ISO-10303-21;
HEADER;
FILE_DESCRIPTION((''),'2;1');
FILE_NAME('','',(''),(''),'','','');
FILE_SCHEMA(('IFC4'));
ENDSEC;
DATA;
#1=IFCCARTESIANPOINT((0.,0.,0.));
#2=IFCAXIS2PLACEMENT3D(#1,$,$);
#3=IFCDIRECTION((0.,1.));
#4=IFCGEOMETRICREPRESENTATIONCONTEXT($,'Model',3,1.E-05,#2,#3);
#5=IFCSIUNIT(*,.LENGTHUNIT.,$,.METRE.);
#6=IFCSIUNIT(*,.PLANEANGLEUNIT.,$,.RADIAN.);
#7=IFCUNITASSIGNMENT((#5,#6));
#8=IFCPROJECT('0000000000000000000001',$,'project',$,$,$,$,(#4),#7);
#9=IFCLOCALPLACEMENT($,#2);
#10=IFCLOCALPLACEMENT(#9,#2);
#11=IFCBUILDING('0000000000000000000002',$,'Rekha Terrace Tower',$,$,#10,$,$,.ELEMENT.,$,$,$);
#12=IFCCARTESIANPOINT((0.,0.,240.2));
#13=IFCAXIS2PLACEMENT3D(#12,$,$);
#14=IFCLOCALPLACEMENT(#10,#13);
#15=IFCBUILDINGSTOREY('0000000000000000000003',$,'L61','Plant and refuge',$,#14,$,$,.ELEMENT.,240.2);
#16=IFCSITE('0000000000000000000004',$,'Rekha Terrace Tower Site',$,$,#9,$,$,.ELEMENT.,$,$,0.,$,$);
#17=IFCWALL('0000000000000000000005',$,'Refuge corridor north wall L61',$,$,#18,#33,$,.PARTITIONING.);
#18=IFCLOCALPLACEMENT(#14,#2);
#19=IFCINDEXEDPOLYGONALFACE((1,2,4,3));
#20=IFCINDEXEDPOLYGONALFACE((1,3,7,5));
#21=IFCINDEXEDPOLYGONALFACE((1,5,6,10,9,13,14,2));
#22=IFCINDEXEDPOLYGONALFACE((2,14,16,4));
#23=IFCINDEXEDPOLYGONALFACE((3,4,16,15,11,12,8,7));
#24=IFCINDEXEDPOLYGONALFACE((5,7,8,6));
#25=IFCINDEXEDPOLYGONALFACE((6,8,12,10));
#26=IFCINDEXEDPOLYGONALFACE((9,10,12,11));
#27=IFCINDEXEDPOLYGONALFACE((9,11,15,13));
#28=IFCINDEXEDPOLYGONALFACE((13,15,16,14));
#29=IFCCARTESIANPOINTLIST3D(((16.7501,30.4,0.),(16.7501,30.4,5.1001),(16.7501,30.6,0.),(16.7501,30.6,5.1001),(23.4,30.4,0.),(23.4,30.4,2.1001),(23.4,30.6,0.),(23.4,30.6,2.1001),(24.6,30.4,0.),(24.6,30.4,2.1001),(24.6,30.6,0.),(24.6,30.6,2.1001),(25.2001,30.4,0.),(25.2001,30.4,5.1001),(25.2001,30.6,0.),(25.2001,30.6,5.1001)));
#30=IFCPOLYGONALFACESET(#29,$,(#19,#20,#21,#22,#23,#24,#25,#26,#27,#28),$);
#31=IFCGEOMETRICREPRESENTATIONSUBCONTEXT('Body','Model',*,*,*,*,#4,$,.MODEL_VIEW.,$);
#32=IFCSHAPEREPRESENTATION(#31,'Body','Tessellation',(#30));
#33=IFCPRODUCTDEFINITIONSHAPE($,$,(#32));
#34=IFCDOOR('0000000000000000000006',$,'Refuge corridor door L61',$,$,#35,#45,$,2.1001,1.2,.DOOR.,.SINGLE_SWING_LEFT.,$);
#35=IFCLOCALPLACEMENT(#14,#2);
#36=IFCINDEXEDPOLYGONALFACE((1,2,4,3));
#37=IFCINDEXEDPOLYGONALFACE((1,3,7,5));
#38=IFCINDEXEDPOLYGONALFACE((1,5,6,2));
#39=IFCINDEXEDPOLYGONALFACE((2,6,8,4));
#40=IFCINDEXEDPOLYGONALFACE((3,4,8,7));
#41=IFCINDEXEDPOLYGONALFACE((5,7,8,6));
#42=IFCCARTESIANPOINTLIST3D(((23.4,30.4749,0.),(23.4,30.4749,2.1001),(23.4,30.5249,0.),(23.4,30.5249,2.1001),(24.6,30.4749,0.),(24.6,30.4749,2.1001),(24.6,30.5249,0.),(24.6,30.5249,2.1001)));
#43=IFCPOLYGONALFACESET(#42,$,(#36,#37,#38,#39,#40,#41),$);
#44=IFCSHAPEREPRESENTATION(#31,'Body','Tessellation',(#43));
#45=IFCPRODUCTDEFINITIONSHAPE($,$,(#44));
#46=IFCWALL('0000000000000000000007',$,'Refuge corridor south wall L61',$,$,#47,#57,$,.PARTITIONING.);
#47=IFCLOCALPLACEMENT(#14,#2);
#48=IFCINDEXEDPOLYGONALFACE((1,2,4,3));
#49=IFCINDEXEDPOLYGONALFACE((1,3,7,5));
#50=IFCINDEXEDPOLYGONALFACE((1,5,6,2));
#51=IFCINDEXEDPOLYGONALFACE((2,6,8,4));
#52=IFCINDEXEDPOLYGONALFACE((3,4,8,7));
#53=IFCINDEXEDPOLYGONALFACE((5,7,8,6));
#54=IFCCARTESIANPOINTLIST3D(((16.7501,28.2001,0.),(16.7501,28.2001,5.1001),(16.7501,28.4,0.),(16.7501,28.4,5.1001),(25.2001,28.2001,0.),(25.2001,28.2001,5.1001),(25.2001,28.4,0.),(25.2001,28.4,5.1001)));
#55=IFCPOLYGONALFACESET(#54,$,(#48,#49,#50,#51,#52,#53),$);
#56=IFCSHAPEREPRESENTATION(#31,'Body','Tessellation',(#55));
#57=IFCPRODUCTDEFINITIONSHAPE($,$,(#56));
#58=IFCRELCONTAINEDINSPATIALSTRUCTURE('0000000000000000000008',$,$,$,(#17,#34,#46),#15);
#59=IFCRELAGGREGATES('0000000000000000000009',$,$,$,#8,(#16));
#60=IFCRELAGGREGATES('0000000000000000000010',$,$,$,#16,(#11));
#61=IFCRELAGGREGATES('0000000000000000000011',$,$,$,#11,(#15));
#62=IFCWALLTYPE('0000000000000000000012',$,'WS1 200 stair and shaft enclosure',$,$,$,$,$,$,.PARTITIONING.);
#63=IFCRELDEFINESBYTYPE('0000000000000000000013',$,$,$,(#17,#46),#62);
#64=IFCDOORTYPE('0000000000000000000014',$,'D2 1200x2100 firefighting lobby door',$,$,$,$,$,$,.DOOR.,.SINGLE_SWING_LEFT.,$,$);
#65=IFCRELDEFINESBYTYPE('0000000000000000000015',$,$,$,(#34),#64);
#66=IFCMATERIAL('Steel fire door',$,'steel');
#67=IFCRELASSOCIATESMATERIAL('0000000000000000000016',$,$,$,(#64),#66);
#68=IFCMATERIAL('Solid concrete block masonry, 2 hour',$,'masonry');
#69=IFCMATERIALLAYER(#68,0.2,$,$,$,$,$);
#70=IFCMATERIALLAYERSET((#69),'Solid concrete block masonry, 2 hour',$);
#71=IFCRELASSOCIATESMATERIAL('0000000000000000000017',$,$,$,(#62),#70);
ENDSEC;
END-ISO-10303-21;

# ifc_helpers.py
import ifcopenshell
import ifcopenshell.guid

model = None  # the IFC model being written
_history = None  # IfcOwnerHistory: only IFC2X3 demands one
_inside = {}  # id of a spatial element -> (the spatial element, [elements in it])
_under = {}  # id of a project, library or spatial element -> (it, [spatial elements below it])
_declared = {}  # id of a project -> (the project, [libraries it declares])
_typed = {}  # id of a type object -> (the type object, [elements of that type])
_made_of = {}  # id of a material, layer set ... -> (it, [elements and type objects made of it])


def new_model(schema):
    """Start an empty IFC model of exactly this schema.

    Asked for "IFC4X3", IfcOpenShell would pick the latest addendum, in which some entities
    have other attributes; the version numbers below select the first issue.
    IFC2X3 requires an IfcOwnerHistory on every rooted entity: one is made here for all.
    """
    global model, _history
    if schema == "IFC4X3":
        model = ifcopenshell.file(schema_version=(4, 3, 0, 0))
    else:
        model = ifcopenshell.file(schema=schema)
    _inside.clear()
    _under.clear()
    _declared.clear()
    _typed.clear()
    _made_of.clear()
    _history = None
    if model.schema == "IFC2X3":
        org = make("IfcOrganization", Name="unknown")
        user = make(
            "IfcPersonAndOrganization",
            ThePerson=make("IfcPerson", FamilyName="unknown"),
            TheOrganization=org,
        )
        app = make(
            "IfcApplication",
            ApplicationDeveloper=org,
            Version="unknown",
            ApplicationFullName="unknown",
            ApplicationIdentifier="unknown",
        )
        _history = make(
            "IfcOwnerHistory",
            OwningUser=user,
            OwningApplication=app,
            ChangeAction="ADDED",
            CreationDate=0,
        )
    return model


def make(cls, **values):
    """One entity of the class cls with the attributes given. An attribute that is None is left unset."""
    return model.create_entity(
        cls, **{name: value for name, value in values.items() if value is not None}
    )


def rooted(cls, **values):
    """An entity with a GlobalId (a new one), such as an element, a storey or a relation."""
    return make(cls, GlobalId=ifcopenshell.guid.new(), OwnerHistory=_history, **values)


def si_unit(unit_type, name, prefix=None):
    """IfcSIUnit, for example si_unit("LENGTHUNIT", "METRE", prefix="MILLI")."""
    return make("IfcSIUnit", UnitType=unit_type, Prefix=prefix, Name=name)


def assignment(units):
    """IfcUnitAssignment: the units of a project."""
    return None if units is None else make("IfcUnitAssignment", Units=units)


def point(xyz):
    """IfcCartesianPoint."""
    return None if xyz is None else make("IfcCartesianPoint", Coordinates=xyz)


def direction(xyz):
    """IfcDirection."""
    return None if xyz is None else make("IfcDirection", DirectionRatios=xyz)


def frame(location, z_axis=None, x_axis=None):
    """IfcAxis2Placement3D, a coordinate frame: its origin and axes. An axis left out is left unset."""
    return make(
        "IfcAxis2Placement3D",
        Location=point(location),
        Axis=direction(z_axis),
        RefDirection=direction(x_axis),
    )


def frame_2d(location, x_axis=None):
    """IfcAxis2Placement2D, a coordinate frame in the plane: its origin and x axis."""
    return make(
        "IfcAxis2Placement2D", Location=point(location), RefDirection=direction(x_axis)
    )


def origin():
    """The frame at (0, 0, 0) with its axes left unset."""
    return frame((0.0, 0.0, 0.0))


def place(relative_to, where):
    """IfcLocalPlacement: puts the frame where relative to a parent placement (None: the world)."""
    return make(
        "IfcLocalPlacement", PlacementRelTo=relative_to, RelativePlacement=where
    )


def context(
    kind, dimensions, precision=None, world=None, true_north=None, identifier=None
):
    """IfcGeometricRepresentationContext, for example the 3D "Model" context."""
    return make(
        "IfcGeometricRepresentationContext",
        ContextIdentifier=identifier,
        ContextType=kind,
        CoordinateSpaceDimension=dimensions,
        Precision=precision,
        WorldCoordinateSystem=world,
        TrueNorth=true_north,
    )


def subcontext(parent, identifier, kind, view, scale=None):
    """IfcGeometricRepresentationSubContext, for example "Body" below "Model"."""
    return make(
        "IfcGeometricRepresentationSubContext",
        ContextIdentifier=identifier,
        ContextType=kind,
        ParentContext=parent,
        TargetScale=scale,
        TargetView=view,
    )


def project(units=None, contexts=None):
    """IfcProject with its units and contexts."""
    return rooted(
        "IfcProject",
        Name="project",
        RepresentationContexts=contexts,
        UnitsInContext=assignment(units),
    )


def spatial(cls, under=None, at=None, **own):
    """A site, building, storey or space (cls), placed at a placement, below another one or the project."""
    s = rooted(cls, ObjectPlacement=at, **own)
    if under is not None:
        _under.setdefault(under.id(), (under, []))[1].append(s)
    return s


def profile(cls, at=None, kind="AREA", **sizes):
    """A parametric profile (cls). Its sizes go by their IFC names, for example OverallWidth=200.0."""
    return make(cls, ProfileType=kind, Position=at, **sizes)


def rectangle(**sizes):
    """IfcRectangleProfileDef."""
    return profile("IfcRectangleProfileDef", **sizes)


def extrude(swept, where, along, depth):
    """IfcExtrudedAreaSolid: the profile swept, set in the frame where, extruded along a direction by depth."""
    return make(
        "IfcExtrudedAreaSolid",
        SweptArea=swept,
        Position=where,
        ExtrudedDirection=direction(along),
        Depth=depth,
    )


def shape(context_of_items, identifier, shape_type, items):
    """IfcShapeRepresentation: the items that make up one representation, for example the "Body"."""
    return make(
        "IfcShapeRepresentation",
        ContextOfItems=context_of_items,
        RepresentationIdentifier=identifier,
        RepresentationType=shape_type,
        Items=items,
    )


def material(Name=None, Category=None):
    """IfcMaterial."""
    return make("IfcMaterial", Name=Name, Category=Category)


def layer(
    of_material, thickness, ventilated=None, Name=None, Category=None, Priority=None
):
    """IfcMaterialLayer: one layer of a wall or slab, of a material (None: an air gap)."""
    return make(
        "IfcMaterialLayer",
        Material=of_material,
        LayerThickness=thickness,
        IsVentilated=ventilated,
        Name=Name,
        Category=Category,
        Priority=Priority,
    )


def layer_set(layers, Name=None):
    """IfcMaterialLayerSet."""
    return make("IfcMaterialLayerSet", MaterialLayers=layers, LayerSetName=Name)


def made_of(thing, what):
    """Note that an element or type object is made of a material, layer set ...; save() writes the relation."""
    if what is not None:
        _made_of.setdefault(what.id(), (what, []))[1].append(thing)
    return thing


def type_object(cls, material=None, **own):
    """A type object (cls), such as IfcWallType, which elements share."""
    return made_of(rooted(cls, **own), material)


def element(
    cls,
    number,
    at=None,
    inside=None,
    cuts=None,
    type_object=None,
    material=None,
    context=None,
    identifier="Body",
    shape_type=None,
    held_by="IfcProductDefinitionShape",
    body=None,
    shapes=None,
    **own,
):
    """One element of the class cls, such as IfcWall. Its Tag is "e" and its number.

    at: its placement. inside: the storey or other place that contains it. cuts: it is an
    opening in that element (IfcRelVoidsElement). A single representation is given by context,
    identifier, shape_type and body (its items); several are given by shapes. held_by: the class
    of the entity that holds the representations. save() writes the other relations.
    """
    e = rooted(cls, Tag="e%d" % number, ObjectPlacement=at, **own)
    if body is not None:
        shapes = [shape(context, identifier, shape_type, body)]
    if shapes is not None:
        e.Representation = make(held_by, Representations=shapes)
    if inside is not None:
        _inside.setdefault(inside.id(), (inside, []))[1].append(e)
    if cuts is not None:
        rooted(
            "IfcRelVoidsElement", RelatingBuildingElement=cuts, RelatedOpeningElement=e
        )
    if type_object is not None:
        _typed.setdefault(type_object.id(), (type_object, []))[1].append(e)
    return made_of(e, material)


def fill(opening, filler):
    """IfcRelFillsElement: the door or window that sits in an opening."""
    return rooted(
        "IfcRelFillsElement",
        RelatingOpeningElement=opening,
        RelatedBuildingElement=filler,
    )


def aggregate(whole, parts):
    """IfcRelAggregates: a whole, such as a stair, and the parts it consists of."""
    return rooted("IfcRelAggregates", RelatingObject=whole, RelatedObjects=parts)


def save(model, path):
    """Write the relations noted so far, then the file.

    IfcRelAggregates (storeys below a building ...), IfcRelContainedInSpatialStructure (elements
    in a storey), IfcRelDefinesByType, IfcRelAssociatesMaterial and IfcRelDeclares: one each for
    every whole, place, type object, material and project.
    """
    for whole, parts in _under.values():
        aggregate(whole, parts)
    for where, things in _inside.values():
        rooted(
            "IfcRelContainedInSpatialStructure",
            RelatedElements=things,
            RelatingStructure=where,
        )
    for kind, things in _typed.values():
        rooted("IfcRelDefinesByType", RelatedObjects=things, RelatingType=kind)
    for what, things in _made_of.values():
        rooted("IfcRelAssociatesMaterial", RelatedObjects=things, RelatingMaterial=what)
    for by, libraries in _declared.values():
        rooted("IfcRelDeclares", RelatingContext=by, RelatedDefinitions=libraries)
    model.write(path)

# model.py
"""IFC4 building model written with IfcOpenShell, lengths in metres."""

from ifc_helpers import new_model, si_unit, direction, frame, frame_2d, origin, place, context, subcontext, project, spatial, rectangle, extrude, material, layer, layer_set, type_object, element, fill, save


model = new_model("IFC4")

# Units and contexts
model_context = context("Model", 3, precision=1e-05, world=origin(), true_north=direction((0.0, 1.0)))
body_context = subcontext(model_context, "Body", "Model", "MODEL_VIEW")
ifc_project = project(units=[si_unit("LENGTHUNIT", "METRE"), si_unit("PLANEANGLEUNIT", "RADIAN")], contexts=[model_context])

# Site, building, storey
site_placement = place(None, origin())
site = spatial("IfcSite", under=ifc_project, at=site_placement, Name="Rekha Terrace Tower Site", CompositionType="ELEMENT", RefElevation=0.0)
building_placement = place(site_placement, origin())
building = spatial("IfcBuilding", under=site, at=building_placement, Name="Rekha Terrace Tower", CompositionType="ELEMENT")
storey_placement = place(building_placement, frame((0.0, 0.0, 240.2)))
storey = spatial("IfcBuildingStorey", under=building, at=storey_placement, Name="L61", Description="Plant and refuge", CompositionType="ELEMENT", Elevation=240.2)

# Shared definitions
ifc_material_1 = material(Name="Steel fire door", Category="steel")
door_type_1 = type_object("IfcDoorType", Name="D2 1200x2100 firefighting lobby door", OperationType="SINGLE_SWING_LEFT", PredefinedType="DOOR", material=ifc_material_1)

# Shared definitions
ifc_material_2 = material(Name="Solid concrete block masonry, 2 hour", Category="masonry")
ifc_layer_1 = layer(ifc_material_2, 0.2)
ifc_layer_set_1 = layer_set([ifc_layer_1], Name="Solid concrete block masonry, 2 hour")
wall_type_1 = type_object("IfcWallType", Name="WS1 200 stair and shaft enclosure", PredefinedType="PARTITIONING", material=ifc_layer_set_1)

# Wall, opening, door
wall_1_placement = place(storey_placement, frame((16.75, 30.5, 0.0), z_axis=(0.0, 0.0, 1.0), x_axis=(1.0, 0.0, 0.0)))
wall_1 = element("IfcWall", 1, at=wall_1_placement, inside=storey, type_object=wall_type_1, Name="Refuge corridor north wall L61", PredefinedType="PARTITIONING", context=body_context, shape_type="SweptSolid", body=[
    extrude(rectangle(XDim=8.45, YDim=0.2, at=frame_2d((4.2251, 0.0))), origin(), (0.0, 0.0, 1.0), 5.1001),
])
opening_1_placement = place(wall_1_placement, frame((6.6499, 0.0, 0.0)))
opening_1 = element("IfcOpeningElement", 2, at=opening_1_placement, cuts=wall_1, PredefinedType="OPENING", context=body_context, shape_type="SweptSolid", body=[
    extrude(rectangle(XDim=1.2, YDim=2.1001, at=frame_2d((0.6001, 1.05))), frame((0.0, 0.1099, 0.0), z_axis=(0.0, -1.0, 0.0), x_axis=(1.0, 0.0, 0.0)), (0.0, 0.0, 1.0), 0.22),
])
door_1_placement = place(opening_1_placement, origin())
door_1 = element("IfcDoor", 3, at=door_1_placement, inside=storey, type_object=door_type_1, Name="Refuge corridor door L61", OperationType="SINGLE_SWING_LEFT", OverallHeight=2.1001, OverallWidth=1.2, PredefinedType="DOOR", context=body_context, shape_type="SweptSolid", body=[
    extrude(rectangle(XDim=1.2, YDim=2.1001, at=frame_2d((0.6001, 1.05))), frame((0.0, 0.0249, 0.0), z_axis=(0.0, -1.0, 0.0), x_axis=(1.0, 0.0, 0.0)), (0.0, 0.0, 1.0), 0.05),
])
fill(opening_1, door_1)

# Wall
wall_2_placement = place(storey_placement, frame((16.75, 28.3, 0.0), z_axis=(0.0, 0.0, 1.0), x_axis=(1.0, 0.0, 0.0)))
element("IfcWall", 4, at=wall_2_placement, inside=storey, type_object=wall_type_1, Name="Refuge corridor south wall L61", PredefinedType="PARTITIONING", context=body_context, shape_type="SweptSolid", body=[
    extrude(rectangle(XDim=8.45, YDim=0.2, at=frame_2d((4.2251, 0.0))), origin(), (0.0, 0.0, 1.0), 5.1001),
])

save(model, "model.ifc")
